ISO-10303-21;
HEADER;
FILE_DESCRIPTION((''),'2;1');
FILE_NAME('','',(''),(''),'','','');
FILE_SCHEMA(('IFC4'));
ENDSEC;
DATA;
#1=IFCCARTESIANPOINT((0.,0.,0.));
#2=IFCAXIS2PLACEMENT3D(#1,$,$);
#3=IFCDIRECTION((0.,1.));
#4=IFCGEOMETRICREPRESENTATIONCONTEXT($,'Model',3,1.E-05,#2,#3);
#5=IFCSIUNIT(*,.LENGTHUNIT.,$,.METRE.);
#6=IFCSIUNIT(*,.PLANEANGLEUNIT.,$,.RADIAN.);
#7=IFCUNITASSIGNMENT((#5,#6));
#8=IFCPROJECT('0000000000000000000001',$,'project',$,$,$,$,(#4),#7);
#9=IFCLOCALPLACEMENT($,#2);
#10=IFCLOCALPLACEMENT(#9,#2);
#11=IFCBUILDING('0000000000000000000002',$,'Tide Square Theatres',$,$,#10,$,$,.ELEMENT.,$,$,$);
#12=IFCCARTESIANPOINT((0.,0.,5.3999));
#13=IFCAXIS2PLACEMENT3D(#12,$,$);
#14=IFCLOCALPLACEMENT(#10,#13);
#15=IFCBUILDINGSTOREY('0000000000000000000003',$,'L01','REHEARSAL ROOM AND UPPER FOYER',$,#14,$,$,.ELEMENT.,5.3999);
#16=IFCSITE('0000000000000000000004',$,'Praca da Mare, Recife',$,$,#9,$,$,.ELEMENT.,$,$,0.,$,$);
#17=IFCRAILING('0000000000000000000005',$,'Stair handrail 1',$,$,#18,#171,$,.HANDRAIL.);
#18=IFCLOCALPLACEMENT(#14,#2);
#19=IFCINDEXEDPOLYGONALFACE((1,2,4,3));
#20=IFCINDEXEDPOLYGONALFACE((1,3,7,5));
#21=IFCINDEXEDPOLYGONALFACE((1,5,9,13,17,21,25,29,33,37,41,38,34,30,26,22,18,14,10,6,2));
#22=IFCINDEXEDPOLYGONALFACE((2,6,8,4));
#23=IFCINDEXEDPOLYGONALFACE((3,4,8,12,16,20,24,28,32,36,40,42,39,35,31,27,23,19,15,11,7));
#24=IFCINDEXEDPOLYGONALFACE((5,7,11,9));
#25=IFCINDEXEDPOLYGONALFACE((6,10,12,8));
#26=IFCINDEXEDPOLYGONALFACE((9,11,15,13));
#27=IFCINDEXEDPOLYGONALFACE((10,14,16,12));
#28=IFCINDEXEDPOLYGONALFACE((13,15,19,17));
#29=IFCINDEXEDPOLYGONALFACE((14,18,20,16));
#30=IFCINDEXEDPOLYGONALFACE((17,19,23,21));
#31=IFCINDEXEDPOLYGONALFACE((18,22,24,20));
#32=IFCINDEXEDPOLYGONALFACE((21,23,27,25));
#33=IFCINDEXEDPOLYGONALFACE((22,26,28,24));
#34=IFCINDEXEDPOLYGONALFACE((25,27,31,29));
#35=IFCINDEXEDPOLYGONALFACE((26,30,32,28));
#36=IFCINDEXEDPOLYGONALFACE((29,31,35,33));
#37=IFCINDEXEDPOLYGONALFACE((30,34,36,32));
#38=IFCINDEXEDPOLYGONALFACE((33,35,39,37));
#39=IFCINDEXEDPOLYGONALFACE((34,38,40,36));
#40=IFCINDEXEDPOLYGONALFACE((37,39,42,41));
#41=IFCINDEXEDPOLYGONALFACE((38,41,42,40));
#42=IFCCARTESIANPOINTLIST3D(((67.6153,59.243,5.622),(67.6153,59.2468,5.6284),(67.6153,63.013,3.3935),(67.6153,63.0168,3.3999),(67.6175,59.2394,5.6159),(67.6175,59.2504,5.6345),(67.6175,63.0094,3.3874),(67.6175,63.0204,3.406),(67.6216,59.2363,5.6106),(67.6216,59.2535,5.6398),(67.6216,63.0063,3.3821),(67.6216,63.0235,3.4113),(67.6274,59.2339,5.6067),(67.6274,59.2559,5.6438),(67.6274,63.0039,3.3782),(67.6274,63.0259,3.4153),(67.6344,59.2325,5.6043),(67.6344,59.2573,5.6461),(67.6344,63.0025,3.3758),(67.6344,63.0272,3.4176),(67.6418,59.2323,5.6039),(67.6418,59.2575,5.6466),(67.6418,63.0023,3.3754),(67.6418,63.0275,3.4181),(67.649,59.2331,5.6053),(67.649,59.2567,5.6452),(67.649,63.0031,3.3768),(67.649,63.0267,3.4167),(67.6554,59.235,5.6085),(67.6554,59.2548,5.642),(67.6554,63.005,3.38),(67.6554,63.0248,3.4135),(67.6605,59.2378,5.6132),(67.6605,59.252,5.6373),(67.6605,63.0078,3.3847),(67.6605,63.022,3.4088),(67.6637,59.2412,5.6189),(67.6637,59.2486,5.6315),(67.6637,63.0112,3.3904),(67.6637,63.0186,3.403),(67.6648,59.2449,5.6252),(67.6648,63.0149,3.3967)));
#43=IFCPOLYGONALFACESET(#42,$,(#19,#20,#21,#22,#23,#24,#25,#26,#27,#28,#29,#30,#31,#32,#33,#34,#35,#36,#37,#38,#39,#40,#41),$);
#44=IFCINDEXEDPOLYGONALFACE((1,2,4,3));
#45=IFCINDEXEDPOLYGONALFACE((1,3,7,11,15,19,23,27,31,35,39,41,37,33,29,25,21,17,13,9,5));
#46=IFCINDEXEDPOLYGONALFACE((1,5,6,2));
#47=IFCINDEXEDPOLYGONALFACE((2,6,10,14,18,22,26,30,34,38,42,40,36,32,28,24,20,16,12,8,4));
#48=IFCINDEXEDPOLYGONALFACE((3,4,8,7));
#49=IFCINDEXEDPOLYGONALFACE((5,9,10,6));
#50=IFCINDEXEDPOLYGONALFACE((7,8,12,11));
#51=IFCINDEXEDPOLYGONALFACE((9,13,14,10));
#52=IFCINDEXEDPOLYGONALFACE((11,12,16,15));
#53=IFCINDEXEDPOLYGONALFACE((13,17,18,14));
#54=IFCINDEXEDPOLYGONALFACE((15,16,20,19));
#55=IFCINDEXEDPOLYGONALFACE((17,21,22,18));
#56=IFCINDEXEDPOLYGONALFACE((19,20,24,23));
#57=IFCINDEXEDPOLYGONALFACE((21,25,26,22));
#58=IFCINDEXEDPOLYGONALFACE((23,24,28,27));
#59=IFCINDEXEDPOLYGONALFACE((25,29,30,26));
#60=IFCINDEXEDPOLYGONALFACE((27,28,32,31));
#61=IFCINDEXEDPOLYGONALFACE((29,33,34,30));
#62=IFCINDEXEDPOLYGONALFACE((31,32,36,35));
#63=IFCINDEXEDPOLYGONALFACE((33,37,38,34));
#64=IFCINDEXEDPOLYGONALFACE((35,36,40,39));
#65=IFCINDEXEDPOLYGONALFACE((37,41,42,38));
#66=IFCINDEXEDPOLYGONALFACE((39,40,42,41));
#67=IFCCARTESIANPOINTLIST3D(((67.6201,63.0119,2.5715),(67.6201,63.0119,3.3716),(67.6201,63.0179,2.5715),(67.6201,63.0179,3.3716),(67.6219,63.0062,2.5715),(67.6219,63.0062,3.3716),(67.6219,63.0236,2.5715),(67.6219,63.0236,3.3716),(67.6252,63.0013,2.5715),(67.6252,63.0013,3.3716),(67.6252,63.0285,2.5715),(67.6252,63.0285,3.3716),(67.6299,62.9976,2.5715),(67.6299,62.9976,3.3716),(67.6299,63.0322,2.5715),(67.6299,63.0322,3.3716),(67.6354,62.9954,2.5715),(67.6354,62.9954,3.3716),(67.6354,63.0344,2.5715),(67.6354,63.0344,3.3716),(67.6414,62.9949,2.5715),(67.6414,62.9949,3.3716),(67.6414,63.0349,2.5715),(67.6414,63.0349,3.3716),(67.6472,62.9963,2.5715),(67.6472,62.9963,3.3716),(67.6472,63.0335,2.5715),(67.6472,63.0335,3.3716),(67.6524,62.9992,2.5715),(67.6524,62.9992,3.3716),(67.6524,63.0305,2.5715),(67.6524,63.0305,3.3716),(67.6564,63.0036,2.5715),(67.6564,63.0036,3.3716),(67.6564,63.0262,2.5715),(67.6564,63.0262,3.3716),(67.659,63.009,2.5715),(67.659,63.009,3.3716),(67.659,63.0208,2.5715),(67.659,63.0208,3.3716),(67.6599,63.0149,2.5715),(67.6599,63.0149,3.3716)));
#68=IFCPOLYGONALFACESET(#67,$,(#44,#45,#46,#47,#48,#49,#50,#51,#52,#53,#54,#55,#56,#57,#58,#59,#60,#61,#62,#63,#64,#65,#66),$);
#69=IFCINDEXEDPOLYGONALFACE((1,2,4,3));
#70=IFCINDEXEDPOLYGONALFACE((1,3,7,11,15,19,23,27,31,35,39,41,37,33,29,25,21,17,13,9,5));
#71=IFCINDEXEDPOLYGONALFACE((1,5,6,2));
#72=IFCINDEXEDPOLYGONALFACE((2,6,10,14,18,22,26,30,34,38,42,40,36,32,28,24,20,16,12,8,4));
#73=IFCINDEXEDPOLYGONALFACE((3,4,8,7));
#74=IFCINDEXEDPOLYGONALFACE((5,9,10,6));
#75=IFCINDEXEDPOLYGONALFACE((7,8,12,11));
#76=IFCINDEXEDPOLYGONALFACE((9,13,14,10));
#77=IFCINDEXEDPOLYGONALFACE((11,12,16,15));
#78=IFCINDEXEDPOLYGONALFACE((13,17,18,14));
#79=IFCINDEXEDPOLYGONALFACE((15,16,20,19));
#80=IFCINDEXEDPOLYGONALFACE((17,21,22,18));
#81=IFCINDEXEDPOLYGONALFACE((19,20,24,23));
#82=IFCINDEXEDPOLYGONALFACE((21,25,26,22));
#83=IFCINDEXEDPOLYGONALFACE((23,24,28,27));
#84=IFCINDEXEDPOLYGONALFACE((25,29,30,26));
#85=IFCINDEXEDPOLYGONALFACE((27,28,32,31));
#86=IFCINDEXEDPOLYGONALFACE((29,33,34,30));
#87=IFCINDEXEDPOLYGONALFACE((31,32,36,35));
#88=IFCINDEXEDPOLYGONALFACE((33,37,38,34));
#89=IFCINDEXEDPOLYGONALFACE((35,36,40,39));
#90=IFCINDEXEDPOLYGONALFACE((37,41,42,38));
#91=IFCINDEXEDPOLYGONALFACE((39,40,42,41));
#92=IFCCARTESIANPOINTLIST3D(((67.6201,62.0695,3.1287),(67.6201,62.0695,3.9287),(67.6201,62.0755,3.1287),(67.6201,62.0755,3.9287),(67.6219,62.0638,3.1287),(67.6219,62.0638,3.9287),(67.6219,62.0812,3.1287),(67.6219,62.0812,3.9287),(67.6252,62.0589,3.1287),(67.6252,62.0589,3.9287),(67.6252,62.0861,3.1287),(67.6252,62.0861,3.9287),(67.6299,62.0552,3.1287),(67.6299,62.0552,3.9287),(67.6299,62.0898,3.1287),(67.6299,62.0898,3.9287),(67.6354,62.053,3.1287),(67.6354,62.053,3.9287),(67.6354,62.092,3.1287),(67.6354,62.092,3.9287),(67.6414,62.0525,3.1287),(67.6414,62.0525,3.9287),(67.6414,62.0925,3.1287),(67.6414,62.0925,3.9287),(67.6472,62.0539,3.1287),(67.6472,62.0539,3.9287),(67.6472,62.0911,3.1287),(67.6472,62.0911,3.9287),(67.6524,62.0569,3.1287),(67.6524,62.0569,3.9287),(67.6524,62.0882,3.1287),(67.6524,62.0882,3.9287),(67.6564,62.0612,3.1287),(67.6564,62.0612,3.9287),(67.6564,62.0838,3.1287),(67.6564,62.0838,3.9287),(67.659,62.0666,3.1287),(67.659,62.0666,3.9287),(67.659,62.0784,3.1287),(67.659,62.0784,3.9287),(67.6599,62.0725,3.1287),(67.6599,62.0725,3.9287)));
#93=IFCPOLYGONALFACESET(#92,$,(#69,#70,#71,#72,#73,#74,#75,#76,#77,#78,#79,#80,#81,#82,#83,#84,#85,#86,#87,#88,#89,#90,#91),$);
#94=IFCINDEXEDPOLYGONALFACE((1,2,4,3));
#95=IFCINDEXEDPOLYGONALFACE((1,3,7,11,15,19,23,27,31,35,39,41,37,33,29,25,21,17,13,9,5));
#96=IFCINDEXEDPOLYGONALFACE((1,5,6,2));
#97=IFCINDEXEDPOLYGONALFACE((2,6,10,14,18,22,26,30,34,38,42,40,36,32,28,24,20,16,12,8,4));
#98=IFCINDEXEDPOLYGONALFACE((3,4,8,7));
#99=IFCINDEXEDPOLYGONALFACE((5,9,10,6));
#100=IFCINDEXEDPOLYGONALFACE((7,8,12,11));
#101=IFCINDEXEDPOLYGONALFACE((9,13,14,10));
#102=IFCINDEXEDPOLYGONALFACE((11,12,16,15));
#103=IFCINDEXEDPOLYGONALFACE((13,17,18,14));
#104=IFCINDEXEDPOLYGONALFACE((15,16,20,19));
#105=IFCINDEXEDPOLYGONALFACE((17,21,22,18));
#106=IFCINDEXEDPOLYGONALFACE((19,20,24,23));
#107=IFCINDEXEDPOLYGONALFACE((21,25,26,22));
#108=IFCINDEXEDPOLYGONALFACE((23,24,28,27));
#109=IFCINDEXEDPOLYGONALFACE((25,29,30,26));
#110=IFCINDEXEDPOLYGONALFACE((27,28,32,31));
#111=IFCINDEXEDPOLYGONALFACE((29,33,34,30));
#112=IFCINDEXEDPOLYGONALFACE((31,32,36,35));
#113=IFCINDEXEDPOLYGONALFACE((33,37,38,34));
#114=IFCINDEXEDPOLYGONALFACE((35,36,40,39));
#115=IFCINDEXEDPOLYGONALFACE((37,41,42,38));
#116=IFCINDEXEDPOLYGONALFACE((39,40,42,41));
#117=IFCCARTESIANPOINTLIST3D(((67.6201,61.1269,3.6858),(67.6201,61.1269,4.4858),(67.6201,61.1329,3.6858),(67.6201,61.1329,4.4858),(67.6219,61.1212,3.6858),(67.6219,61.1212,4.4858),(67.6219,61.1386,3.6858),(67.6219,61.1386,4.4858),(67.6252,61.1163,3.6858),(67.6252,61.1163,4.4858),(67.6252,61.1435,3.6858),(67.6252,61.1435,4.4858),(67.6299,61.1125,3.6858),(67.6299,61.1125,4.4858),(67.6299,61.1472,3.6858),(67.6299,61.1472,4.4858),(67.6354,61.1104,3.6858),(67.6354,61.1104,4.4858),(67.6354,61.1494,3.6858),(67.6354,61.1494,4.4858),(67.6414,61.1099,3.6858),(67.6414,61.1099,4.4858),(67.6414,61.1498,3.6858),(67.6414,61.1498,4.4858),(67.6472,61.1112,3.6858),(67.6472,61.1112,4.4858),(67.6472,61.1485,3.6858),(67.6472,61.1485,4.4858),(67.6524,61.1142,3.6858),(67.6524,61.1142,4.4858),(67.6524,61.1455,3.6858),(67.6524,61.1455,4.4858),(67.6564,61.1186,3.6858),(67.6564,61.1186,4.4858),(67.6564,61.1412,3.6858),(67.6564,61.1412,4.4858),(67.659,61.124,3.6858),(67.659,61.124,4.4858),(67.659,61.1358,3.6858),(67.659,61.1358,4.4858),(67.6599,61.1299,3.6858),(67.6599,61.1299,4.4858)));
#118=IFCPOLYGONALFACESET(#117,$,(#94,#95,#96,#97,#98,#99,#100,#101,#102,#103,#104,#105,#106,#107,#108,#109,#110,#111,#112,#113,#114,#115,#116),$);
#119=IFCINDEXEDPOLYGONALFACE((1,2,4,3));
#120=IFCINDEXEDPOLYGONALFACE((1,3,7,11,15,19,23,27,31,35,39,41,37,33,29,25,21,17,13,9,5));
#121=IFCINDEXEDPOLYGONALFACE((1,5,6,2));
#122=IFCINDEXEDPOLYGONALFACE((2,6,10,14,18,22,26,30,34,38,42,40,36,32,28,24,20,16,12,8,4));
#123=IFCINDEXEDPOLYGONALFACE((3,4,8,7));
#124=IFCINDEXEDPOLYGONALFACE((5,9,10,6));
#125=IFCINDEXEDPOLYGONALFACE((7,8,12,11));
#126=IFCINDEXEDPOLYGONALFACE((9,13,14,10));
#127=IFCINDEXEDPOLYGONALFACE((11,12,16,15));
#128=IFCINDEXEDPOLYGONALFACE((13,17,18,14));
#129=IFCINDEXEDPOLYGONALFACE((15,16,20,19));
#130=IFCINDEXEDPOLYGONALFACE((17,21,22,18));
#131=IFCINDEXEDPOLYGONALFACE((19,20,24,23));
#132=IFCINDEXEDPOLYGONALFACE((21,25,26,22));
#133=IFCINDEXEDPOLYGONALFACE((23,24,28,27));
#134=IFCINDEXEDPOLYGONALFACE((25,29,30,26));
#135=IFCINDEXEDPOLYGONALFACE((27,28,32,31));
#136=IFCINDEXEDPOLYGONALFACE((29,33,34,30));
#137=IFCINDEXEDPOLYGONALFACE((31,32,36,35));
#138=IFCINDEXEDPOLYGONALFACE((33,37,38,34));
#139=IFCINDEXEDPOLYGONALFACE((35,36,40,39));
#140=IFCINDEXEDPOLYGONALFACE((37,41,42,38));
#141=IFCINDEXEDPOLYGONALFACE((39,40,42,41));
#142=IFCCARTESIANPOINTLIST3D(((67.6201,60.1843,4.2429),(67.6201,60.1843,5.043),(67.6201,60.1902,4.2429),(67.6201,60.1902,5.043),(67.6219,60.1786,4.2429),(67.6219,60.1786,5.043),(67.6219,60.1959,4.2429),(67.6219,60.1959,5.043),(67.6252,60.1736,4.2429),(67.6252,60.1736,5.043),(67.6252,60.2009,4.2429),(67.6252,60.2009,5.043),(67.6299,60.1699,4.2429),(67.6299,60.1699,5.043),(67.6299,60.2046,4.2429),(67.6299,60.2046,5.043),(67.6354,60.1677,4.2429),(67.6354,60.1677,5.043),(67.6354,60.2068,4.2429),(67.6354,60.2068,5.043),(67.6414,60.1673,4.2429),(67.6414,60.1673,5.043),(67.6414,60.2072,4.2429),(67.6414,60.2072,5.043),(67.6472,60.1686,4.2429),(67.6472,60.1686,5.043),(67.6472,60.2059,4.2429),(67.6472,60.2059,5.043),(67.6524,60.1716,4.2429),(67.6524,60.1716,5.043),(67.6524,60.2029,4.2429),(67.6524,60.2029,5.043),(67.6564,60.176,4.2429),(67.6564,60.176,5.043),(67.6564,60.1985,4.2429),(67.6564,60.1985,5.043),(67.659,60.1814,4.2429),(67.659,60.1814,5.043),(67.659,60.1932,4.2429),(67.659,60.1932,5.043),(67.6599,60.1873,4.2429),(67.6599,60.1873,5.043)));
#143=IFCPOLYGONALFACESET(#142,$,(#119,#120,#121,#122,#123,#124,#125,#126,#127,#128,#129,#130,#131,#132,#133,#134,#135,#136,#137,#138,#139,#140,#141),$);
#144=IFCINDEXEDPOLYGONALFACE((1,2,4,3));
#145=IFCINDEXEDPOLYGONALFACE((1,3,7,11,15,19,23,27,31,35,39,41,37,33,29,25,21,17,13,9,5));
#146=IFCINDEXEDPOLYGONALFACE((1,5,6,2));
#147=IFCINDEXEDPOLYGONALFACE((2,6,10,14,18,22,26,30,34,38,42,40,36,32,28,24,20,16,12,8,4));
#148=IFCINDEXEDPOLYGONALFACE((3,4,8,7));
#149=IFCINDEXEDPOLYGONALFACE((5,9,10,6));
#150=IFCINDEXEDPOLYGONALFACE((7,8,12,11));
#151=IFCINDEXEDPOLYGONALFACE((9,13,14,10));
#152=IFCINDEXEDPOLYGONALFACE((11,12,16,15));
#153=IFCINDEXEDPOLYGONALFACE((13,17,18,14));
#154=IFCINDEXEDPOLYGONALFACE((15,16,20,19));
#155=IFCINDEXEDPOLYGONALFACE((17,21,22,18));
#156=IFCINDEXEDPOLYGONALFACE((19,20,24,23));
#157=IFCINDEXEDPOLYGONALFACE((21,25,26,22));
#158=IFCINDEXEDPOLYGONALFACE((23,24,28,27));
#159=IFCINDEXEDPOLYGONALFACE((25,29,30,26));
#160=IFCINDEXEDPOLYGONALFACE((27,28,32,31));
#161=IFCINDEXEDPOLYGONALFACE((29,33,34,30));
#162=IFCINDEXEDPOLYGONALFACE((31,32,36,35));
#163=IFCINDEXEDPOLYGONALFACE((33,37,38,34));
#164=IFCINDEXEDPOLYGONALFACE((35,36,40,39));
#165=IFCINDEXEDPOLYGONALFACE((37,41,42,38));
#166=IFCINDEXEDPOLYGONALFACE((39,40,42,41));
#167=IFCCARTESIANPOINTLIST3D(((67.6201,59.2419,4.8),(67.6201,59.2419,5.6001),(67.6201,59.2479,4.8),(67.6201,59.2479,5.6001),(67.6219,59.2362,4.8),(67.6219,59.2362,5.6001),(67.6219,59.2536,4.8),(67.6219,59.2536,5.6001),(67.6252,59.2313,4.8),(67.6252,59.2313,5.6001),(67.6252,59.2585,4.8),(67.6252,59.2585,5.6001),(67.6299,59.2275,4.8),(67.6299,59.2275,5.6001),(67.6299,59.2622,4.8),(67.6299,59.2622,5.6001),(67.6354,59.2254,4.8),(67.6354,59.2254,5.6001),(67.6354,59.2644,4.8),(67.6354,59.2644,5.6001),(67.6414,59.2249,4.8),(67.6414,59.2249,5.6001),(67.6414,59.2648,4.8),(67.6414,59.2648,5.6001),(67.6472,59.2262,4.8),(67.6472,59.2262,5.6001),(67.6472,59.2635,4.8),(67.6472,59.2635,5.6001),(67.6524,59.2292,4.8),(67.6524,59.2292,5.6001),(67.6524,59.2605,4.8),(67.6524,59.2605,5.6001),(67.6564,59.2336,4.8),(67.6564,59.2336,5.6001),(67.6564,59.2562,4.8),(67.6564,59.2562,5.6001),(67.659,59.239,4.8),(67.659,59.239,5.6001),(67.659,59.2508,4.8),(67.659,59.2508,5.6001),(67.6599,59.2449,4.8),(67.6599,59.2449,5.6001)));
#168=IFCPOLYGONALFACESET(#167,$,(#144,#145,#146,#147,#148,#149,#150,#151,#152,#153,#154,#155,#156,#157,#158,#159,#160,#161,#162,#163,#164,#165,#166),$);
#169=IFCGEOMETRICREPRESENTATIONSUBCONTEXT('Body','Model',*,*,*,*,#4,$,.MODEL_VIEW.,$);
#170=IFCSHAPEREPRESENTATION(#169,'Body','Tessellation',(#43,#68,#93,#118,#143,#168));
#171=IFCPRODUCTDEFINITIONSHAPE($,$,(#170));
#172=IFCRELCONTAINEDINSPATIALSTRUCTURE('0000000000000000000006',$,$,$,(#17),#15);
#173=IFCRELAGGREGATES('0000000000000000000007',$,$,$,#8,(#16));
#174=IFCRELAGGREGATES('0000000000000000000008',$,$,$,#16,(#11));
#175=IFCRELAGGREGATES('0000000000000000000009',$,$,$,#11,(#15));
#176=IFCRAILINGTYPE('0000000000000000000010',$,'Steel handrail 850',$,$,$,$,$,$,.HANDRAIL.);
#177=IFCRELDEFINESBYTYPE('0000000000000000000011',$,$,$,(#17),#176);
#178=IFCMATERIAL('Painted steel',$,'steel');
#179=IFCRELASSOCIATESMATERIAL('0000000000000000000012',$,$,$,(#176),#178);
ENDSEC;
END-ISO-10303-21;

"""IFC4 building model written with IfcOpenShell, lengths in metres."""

from ifc_helpers import new_model, si_unit, direction, frame, origin, origin_2d, place, context, subcontext, project, spatial, circle, extrude, material, type_object, element, save


model = new_model("IFC4")

# Units and contexts
model_context = context("Model", 3, precision=1e-05, world=origin(), true_north=direction((0.0, 1.0)))
body_context = subcontext(model_context, "Body", "Model", "MODEL_VIEW")
ifc_project = project(units=[si_unit("LENGTHUNIT", "METRE"), si_unit("PLANEANGLEUNIT", "RADIAN")], contexts=[model_context])

# Site, building, storey
site_placement = place(None, origin())
site = spatial("IfcSite", under=ifc_project, at=site_placement, Name="Praca da Mare, Recife", CompositionType="ELEMENT", RefElevation=0.0)
building_placement = place(site_placement, origin())
building = spatial("IfcBuilding", under=site, at=building_placement, Name="Tide Square Theatres", CompositionType="ELEMENT")
storey_placement = place(building_placement, frame((0.0, 0.0, 5.3999)))
storey = spatial("IfcBuildingStorey", under=building, at=storey_placement, Name="L01", Description="REHEARSAL ROOM AND UPPER FOYER", CompositionType="ELEMENT", Elevation=5.3999)

# Railing
ifc_material_1 = material(Name="Painted steel", Category="steel")
railing_type = type_object("IfcRailingType", Name="Steel handrail 850", PredefinedType="HANDRAIL", material=ifc_material_1)
for number, where, name in (
    (1, (67.6399, 63.0149, 2.5715), "Stair handrail 1"),
):
    element("IfcRailing", number, at=place(storey_placement, frame(where)), inside=storey, type_object=railing_type, Name=name, PredefinedType="HANDRAIL", context=body_context, shape_type="SweptSolid", body=[
        extrude(circle(Radius=0.0249, at=origin_2d()), frame((0.0, 0.0, 0.8252), z_axis=(0.0, -0.860849, 0.508861), x_axis=(1.0, 0.0, 0.0)), (0.0, 0.0, 1.0), 4.3794),
        extrude(circle(Radius=0.02, at=origin_2d()), origin(), (0.0, 0.0, 1.0), 0.8),
        extrude(circle(Radius=0.02, at=origin_2d()), frame((0.0, -0.9424, 0.5571)), (0.0, 0.0, 1.0), 0.8),
        extrude(circle(Radius=0.02, at=origin_2d()), frame((0.0, -1.885, 1.1143)), (0.0, 0.0, 1.0), 0.8),
        extrude(circle(Radius=0.02, at=origin_2d()), frame((0.0, -2.8276, 1.6714)), (0.0, 0.0, 1.0), 0.8),
        extrude(circle(Radius=0.02, at=origin_2d()), frame((0.0, -3.77, 2.2285)), (0.0, 0.0, 1.0), 0.8),
    ])

save(model, "model.ifc")
